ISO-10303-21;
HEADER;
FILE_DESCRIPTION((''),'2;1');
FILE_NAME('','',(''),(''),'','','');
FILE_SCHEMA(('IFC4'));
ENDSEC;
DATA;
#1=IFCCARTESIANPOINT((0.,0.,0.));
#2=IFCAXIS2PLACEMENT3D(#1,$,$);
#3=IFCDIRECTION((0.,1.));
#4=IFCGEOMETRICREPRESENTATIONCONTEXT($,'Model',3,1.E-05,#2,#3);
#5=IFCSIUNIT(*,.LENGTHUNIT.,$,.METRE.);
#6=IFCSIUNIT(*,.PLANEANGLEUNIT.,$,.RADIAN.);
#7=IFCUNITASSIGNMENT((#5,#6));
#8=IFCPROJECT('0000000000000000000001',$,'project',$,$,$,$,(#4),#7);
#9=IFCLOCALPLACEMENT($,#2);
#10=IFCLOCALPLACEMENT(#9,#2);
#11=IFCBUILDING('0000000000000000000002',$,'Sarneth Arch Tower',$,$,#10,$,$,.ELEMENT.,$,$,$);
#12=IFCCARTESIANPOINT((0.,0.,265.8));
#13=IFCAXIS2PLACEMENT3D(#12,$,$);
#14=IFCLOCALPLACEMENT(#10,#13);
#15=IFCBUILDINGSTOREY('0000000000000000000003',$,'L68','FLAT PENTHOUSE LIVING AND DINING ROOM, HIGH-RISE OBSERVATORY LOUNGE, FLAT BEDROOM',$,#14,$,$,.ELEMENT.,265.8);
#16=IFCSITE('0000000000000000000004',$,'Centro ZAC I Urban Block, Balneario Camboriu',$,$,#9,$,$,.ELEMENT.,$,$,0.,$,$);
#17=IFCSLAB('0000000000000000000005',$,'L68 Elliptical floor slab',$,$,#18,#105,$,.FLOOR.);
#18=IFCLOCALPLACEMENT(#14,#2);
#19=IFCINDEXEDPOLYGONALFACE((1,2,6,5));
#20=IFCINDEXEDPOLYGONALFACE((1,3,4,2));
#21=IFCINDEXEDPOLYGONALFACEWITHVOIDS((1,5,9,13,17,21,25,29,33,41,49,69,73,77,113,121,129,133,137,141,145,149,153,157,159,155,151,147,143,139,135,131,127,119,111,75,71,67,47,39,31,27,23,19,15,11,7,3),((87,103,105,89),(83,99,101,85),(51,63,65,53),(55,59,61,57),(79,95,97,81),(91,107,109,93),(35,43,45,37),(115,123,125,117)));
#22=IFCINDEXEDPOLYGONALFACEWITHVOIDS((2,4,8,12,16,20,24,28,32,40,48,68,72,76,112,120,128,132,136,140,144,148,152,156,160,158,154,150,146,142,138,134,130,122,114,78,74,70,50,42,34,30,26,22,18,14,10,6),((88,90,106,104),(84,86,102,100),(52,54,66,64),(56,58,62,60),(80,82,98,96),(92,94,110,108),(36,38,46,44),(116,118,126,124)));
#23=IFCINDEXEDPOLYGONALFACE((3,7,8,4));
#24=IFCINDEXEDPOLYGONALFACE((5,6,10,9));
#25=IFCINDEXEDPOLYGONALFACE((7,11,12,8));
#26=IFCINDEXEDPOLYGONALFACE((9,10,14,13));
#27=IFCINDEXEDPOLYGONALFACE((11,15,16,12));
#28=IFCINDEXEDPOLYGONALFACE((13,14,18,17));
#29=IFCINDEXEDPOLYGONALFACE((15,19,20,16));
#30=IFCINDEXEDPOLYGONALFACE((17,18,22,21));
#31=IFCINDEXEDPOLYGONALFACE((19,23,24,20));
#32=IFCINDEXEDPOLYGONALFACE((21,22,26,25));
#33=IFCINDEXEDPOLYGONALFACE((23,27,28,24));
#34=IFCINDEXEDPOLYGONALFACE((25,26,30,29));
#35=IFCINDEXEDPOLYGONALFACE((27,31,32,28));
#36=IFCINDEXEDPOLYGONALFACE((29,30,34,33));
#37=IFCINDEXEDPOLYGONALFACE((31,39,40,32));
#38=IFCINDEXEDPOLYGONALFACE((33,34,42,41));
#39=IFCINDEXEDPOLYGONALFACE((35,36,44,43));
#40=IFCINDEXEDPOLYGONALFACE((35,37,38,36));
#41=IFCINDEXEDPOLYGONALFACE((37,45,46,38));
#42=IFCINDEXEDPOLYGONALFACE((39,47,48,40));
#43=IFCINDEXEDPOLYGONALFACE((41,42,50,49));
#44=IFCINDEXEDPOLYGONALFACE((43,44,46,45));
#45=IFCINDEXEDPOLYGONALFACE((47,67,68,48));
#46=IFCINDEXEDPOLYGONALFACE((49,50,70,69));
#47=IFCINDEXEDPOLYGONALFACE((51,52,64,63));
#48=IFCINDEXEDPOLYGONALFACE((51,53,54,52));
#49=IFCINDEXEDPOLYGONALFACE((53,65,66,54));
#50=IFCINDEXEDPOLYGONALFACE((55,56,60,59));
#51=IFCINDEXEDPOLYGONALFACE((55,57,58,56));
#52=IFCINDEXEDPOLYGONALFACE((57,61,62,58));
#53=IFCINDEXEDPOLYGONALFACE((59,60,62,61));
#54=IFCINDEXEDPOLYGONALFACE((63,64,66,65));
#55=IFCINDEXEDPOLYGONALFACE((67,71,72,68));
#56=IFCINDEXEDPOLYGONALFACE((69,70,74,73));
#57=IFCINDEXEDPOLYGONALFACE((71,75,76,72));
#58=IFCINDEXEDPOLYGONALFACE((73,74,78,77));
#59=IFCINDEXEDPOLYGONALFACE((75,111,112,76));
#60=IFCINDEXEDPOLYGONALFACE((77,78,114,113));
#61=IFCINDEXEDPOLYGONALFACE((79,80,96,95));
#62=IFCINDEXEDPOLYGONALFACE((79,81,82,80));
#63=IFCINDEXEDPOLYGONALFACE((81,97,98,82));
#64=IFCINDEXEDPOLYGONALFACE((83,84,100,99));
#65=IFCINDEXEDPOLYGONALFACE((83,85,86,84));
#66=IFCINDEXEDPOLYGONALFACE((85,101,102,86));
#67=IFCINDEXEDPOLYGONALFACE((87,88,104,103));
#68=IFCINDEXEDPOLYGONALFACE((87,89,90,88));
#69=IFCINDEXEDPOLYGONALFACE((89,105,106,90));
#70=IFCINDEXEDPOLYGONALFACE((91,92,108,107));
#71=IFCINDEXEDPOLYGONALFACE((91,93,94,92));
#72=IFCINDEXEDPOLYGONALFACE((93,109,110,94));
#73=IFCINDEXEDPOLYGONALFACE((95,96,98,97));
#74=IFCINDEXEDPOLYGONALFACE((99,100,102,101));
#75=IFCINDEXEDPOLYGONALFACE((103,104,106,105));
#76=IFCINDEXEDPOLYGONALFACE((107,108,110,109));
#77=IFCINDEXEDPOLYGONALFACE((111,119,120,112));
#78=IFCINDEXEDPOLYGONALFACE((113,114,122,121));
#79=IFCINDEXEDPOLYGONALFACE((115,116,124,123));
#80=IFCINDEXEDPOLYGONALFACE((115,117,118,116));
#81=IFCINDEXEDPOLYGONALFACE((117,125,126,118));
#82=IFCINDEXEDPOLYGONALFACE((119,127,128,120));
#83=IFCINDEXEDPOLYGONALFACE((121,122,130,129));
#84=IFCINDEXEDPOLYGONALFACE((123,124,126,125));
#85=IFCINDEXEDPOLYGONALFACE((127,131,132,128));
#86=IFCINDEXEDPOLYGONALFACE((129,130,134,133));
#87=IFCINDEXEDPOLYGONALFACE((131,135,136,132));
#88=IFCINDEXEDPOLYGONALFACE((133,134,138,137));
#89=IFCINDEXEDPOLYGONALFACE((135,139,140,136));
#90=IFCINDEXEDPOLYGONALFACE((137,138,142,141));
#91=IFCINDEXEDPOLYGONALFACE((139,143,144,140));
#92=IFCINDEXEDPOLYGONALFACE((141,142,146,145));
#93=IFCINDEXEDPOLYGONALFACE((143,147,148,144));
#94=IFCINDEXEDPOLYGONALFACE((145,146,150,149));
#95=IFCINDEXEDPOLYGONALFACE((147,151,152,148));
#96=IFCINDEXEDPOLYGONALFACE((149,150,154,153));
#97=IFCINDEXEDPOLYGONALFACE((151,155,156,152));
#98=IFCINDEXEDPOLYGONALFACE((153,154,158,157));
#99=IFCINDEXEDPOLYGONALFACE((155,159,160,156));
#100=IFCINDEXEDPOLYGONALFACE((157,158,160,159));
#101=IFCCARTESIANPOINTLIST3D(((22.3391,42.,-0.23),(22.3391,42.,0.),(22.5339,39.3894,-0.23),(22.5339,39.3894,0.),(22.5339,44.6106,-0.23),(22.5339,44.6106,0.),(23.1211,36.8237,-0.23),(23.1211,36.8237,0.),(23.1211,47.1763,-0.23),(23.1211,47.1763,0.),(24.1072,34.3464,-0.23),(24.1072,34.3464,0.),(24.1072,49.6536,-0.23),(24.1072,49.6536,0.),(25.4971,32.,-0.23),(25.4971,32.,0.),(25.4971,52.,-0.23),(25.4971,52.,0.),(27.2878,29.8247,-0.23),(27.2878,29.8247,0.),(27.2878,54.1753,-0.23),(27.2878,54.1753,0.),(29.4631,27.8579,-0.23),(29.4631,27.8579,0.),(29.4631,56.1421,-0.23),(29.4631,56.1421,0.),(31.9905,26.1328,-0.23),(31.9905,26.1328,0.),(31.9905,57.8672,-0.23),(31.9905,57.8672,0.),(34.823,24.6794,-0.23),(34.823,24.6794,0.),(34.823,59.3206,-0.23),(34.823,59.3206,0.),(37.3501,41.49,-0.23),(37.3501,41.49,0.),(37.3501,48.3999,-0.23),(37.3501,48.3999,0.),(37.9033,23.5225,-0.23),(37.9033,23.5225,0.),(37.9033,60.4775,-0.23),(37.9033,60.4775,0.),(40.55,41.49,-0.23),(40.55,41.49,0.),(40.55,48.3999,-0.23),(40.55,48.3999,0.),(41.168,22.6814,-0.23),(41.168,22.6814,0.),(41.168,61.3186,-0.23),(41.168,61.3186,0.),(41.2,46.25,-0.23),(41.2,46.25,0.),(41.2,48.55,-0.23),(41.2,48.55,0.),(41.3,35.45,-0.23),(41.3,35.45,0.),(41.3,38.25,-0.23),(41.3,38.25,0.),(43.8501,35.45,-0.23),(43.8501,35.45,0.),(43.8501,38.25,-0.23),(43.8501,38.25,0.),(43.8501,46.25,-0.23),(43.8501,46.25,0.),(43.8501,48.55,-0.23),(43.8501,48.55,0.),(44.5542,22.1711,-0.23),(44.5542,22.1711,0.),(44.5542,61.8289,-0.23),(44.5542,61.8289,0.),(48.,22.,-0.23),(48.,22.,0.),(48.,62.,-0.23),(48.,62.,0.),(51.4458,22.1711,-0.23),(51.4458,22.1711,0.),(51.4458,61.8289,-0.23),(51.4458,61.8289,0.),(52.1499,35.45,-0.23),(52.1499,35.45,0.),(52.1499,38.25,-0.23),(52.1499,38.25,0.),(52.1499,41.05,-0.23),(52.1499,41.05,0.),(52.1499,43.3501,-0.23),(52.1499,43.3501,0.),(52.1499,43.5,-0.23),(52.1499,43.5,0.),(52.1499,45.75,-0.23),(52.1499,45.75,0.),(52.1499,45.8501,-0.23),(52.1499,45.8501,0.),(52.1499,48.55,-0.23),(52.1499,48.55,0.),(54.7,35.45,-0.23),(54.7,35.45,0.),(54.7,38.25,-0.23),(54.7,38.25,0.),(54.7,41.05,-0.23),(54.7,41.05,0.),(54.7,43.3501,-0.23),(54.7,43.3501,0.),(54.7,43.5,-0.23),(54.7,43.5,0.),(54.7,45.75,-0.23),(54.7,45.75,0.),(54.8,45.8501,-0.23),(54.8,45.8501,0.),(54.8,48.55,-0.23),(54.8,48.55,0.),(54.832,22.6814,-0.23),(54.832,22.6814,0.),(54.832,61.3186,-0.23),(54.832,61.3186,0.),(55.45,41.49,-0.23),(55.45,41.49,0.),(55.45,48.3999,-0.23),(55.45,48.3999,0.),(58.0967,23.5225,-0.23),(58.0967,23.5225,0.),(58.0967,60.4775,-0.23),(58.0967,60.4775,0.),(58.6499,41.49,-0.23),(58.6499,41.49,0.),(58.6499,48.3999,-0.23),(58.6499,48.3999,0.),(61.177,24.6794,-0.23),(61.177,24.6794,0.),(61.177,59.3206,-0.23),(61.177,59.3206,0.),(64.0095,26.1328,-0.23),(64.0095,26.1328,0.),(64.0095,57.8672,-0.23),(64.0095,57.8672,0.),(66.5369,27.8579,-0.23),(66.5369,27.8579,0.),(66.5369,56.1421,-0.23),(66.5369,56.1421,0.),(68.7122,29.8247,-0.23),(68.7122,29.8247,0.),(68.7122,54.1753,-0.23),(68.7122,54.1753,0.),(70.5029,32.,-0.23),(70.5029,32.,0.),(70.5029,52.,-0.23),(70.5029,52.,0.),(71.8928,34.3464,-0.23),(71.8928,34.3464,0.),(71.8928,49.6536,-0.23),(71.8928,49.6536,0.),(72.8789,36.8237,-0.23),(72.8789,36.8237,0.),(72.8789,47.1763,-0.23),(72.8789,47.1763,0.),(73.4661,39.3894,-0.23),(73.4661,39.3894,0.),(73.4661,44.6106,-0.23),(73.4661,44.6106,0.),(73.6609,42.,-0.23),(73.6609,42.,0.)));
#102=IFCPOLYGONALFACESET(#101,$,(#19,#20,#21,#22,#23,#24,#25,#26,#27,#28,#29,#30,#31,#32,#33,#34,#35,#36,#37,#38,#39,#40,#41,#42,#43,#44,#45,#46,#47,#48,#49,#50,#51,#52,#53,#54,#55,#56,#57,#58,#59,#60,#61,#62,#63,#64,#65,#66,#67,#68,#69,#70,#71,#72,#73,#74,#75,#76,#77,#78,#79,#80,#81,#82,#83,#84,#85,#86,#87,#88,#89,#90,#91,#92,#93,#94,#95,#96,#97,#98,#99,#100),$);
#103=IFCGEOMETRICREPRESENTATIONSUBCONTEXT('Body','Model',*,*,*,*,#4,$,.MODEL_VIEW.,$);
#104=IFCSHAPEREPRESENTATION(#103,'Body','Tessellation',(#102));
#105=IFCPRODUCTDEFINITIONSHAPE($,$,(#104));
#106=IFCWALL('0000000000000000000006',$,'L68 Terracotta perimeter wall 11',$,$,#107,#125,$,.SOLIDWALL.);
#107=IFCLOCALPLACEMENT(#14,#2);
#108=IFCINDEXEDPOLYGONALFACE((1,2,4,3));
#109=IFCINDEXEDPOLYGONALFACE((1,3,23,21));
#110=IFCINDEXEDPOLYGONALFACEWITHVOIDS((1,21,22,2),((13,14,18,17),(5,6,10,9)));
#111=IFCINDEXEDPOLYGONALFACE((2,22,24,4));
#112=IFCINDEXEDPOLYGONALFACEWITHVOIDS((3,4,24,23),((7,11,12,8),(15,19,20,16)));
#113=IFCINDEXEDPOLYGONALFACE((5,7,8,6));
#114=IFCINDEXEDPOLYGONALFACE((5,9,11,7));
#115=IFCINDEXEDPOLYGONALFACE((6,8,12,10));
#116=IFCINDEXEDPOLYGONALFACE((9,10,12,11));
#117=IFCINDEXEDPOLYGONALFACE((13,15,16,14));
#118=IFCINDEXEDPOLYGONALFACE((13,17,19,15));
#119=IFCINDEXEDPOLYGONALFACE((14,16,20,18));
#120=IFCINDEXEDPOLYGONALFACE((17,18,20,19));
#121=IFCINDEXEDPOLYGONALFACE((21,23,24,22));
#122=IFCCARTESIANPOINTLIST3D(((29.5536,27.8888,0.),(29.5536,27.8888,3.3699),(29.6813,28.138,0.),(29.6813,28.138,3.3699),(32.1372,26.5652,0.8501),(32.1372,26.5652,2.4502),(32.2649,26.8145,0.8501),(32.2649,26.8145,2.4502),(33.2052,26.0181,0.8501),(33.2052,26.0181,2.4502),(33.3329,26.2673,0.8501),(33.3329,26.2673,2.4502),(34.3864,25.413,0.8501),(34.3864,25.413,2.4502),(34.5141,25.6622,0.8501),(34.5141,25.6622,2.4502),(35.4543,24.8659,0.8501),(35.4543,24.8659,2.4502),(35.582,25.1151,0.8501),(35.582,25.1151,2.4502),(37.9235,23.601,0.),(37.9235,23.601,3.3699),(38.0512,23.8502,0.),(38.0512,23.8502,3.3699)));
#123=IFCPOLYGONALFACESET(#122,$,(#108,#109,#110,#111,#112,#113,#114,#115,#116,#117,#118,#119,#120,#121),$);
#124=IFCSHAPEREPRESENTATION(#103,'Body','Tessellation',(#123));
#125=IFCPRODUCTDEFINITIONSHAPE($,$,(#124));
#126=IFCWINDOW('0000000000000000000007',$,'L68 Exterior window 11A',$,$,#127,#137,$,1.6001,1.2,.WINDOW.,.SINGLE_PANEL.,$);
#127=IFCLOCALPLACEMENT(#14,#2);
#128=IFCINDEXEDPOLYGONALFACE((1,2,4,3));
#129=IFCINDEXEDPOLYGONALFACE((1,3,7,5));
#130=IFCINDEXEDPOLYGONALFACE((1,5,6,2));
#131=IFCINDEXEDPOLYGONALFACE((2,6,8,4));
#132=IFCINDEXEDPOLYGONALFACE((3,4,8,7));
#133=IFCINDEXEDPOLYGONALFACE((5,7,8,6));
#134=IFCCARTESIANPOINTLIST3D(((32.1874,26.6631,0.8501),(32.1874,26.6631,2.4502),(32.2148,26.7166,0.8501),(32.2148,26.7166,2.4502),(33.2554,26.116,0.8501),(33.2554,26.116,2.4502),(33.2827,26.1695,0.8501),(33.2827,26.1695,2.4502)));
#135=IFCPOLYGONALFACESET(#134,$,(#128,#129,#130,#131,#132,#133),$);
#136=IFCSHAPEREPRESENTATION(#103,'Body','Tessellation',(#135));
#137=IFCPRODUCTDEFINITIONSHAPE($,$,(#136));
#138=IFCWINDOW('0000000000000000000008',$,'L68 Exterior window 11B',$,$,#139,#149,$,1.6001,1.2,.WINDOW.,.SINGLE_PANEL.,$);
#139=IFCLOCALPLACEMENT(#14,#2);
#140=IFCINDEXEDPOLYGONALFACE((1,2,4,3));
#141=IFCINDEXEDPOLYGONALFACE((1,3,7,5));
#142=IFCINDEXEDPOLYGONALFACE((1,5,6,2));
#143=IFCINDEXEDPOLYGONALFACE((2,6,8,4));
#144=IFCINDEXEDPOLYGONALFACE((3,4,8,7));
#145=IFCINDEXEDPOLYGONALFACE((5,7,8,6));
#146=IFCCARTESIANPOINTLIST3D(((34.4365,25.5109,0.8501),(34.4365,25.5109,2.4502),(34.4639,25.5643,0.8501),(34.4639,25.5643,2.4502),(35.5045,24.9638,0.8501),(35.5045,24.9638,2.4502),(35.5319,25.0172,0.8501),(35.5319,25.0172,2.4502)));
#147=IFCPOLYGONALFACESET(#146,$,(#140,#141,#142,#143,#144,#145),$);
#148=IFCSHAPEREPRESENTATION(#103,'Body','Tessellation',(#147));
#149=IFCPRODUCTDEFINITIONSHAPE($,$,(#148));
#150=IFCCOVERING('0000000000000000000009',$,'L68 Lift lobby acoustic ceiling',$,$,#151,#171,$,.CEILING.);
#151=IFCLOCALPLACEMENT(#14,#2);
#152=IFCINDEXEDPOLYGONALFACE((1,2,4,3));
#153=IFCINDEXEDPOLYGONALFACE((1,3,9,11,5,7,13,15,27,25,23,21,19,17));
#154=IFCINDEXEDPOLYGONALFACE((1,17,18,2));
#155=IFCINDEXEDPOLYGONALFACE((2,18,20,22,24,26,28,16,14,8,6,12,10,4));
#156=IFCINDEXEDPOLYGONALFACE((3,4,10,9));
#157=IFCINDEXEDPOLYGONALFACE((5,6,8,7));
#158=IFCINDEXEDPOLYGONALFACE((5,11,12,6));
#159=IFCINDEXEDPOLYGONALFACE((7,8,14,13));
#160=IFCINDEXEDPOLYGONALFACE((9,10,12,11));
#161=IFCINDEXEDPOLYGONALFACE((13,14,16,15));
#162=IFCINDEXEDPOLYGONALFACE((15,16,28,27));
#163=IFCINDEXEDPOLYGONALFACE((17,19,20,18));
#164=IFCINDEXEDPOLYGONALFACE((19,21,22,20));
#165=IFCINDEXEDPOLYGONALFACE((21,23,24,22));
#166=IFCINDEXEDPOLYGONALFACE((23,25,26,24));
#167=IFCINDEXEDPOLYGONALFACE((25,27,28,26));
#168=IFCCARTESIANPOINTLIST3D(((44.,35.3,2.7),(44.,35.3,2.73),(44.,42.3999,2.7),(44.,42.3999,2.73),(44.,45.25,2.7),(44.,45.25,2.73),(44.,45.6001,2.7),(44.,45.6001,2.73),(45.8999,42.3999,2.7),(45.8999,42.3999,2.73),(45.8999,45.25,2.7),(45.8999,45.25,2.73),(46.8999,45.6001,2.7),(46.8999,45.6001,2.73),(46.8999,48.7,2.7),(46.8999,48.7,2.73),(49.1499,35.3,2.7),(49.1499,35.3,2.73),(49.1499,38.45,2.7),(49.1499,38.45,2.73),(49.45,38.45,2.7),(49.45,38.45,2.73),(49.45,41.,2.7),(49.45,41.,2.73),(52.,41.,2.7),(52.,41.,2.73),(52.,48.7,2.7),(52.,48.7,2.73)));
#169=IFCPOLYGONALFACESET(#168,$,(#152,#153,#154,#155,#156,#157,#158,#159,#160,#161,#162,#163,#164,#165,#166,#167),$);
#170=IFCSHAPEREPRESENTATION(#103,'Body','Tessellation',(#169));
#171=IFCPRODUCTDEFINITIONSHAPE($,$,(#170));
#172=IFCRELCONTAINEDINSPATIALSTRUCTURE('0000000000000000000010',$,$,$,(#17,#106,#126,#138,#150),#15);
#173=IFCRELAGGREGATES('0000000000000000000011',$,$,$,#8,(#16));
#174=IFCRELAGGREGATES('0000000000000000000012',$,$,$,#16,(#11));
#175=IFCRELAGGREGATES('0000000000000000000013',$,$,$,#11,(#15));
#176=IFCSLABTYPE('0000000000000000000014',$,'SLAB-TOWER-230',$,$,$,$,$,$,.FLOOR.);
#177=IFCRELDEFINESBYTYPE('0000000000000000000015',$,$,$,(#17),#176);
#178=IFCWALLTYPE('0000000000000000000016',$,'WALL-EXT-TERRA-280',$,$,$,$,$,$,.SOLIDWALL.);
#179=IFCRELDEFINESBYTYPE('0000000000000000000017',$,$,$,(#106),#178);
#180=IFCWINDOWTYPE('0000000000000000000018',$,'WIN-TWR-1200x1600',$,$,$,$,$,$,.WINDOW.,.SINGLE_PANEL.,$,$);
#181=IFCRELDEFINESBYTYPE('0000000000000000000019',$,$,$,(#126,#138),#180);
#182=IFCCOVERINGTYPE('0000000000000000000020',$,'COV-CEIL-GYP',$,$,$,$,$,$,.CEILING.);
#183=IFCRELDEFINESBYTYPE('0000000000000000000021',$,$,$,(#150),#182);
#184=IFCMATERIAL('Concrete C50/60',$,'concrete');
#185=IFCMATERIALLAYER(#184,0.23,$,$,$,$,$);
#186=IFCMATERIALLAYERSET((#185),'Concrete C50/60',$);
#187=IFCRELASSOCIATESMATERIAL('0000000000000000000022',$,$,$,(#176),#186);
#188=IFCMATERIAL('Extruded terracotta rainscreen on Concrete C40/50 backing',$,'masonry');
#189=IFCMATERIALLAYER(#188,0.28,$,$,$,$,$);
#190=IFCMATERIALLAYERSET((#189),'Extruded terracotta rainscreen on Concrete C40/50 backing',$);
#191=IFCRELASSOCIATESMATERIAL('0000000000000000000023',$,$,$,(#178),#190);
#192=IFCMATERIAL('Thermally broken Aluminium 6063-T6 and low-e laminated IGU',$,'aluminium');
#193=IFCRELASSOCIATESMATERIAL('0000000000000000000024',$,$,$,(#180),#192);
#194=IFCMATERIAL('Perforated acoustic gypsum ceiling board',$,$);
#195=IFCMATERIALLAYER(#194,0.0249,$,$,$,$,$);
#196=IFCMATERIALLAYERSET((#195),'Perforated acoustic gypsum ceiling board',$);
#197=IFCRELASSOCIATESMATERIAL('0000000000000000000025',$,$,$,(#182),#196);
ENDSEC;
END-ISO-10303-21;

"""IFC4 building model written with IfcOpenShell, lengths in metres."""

from ifc_helpers import new_model, si_unit, direction, frame, frame_2d, origin, place, context, subcontext, project, spatial, polyline, rectangle, outline, extrude, material, layer, layer_set, type_object, element, fill, save


model = new_model("IFC4")

# Units and contexts
model_context = context("Model", 3, precision=1e-05, world=origin(), true_north=direction((0.0, 1.0)))
body_context = subcontext(model_context, "Body", "Model", "MODEL_VIEW")
ifc_project = project(units=[si_unit("LENGTHUNIT", "METRE"), si_unit("PLANEANGLEUNIT", "RADIAN")], contexts=[model_context])

# Site, building, storey
site_placement = place(None, origin())
site = spatial("IfcSite", under=ifc_project, at=site_placement, Name="Centro ZAC I Urban Block, Balneario Camboriu", CompositionType="ELEMENT", RefElevation=0.0)
building_placement = place(site_placement, origin())
building = spatial("IfcBuilding", under=site, at=building_placement, Name="Sarneth Arch Tower", CompositionType="ELEMENT")
storey_placement = place(building_placement, frame((0.0, 0.0, 265.8)))
storey = spatial("IfcBuildingStorey", under=building, at=storey_placement, Name="L68", Description="FLAT PENTHOUSE LIVING AND DINING ROOM, HIGH-RISE OBSERVATORY LOUNGE, FLAT BEDROOM", CompositionType="ELEMENT", Elevation=265.8)

# Slab
ifc_material_1 = material(Name="Concrete C50/60", Category="concrete")
ifc_layer_1 = layer(ifc_material_1, 0.23)
ifc_layer_set_1 = layer_set([ifc_layer_1], Name="Concrete C50/60")
slab_type_1 = type_object("IfcSlabType", Name="SLAB-TOWER-230", PredefinedType="FLOOR", material=ifc_layer_set_1)
slab_1_placement = place(storey_placement, frame((0.0, 0.0, -0.23)))
element("IfcSlab", 1, at=slab_1_placement, inside=storey, type_object=slab_type_1, Name="L68 Elliptical floor slab", PredefinedType="FLOOR", context=body_context, shape_type="SweptSolid", body=[
    extrude(outline(polyline([(73.6609, 42.0), (73.4661, 44.6106), (72.8789, 47.1763), (71.8928, 49.6536), (70.5029, 52.0), (68.7122, 54.1753), (66.5369, 56.1421), (64.0095, 57.8672), (61.177, 59.3206), (58.0967, 60.4775), (54.832, 61.3186), (51.4458, 61.8289), (48.0, 62.0), (44.5542, 61.8289), (41.168, 61.3186), (37.9033, 60.4775), (34.823, 59.3206), (31.9905, 57.8672), (29.4631, 56.1421), (27.2878, 54.1753), (25.4971, 52.0), (24.1072, 49.6536), (23.1211, 47.1763), (22.5339, 44.6106), (22.3391, 42.0), (22.5339, 39.3894), (23.1211, 36.8237), (24.1072, 34.3464), (25.4971, 32.0), (27.2878, 29.8247), (29.4631, 27.8579), (31.9905, 26.1328), (34.823, 24.6794), (37.9033, 23.5225), (41.168, 22.6814), (44.5542, 22.1711), (48.0, 22.0), (51.4458, 22.1711), (54.832, 22.6814), (58.0967, 23.5225), (61.177, 24.6794), (64.0095, 26.1328), (66.5369, 27.8579), (68.7122, 29.8247), (70.5029, 32.0), (71.8928, 34.3464), (72.8789, 36.8237), (73.4661, 39.3894), (73.6609, 42.0)]), holes=[polyline([(37.3501, 41.49), (40.55, 41.49), (40.55, 48.3999), (37.3501, 48.3999), (37.3501, 41.49)]), polyline([(55.45, 41.49), (58.6499, 41.49), (58.6499, 48.3999), (55.45, 48.3999), (55.45, 41.49)]), polyline([(41.2, 46.25), (43.8501, 46.25), (43.8501, 48.55), (41.2, 48.55), (41.2, 46.25)]), polyline([(41.3, 35.45), (43.8501, 35.45), (43.8501, 38.25), (41.3, 38.25), (41.3, 35.45)]), polyline([(52.1499, 35.45), (54.7, 35.45), (54.7, 38.25), (52.1499, 38.25), (52.1499, 35.45)]), polyline([(52.1499, 45.8501), (54.8, 45.8501), (54.8, 48.55), (52.1499, 48.55), (52.1499, 45.8501)]), polyline([(52.1499, 41.05), (54.7, 41.05), (54.7, 43.3501), (52.1499, 43.3501), (52.1499, 41.05)]), polyline([(52.1499, 43.5), (54.7, 43.5), (54.7, 45.75), (52.1499, 45.75), (52.1499, 43.5)])]), origin(), (0.0, 0.0, 1.0), 0.23),
])

# Wall, openings, windows
ifc_material_2 = material(Name="Extruded terracotta rainscreen on Concrete C40/50 backing", Category="masonry")
ifc_layer_2 = layer(ifc_material_2, 0.28)
ifc_layer_set_2 = layer_set([ifc_layer_2], Name="Extruded terracotta rainscreen on Concrete C40/50 backing")
wall_type = type_object("IfcWallType", Name="WALL-EXT-TERRA-280", PredefinedType="SOLIDWALL", material=ifc_layer_set_2)
wall_placement = place(storey_placement, frame((29.6174, 28.0134, 0.0), z_axis=(0.0, 0.0, 1.0), x_axis=(0.890007, -0.455946, 0.0)))
wall = element("IfcWall", 2, at=wall_placement, inside=storey, type_object=wall_type, Name="L68 Terracotta perimeter wall 11", PredefinedType="SOLIDWALL", context=body_context, shape_type="SweptSolid", body=[
    extrude(rectangle(XDim=9.4043, YDim=0.28, at=frame_2d((4.7021, 0.0))), origin(), (0.0, 0.0, 1.0), 3.3699),
])
opening_1_placement = place(wall_placement, frame((2.9028, 0.0, 0.8501)))
opening_1 = element("IfcOpeningElement", 3, at=opening_1_placement, cuts=wall, PredefinedType="OPENING", context=body_context, shape_type="SweptSolid", body=[
    extrude(rectangle(XDim=1.2, YDim=1.6001, at=frame_2d((0.6001, 0.8))), frame((0.0, 0.1499, 0.0), z_axis=(0.0, -1.0, 0.0), x_axis=(1.0, 0.0, 0.0)), (0.0, 0.0, 1.0), 0.3),
])
opening_2_placement = place(wall_placement, frame((5.4299, 0.0, 0.8501)))
opening_2 = element("IfcOpeningElement", 4, at=opening_2_placement, cuts=wall, PredefinedType="OPENING", context=body_context, shape_type="SweptSolid", body=[
    extrude(rectangle(XDim=1.2, YDim=1.6001, at=frame_2d((0.6001, 0.8))), frame((0.0, 0.1499, 0.0), z_axis=(0.0, -1.0, 0.0), x_axis=(1.0, 0.0, 0.0)), (0.0, 0.0, 1.0), 0.3),
])
ifc_material_3 = material(Name="Thermally broken Aluminium 6063-T6 and low-e laminated IGU", Category="aluminium")
window_type = type_object("IfcWindowType", Name="WIN-TWR-1200x1600", PartitioningType="SINGLE_PANEL", PredefinedType="WINDOW", material=ifc_material_3)
window_1_placement = place(opening_1_placement, origin())
window_1 = element("IfcWindow", 5, at=window_1_placement, inside=storey, type_object=window_type, Name="L68 Exterior window 11A", OverallHeight=1.6001, OverallWidth=1.2, PartitioningType="SINGLE_PANEL", PredefinedType="WINDOW", context=body_context, shape_type="SweptSolid", body=[
    extrude(rectangle(XDim=1.2, YDim=1.6001, at=frame_2d((0.6001, 0.8))), frame((0.0, 0.03, 0.0), z_axis=(0.0, -1.0, 0.0), x_axis=(1.0, 0.0, 0.0)), (0.0, 0.0, 1.0), 0.0601),
])
fill(opening_1, window_1)
window_2_placement = place(opening_2_placement, origin())
window_2 = element("IfcWindow", 6, at=window_2_placement, inside=storey, type_object=window_type, Name="L68 Exterior window 11B", OverallHeight=1.6001, OverallWidth=1.2, PartitioningType="SINGLE_PANEL", PredefinedType="WINDOW", context=body_context, shape_type="SweptSolid", body=[
    extrude(rectangle(XDim=1.2, YDim=1.6001, at=frame_2d((0.6001, 0.8))), frame((0.0, 0.03, 0.0), z_axis=(0.0, -1.0, 0.0), x_axis=(1.0, 0.0, 0.0)), (0.0, 0.0, 1.0), 0.0601),
])
fill(opening_2, window_2)

# Covering
ifc_material_4 = material(Name="Perforated acoustic gypsum ceiling board")
ifc_layer_3 = layer(ifc_material_4, 0.0249)
ifc_layer_set_3 = layer_set([ifc_layer_3], Name="Perforated acoustic gypsum ceiling board")
covering_type_1 = type_object("IfcCoveringType", Name="COV-CEIL-GYP", PredefinedType="CEILING", material=ifc_layer_set_3)
covering_1_placement = place(storey_placement, frame((0.0, 0.0, 2.7)))
element("IfcCovering", 7, at=covering_1_placement, inside=storey, type_object=covering_type_1, Name="L68 Lift lobby acoustic ceiling", PredefinedType="CEILING", context=body_context, shape_type="SweptSolid", body=[
    extrude(outline(polyline([(49.45, 41.0), (49.45, 38.45), (49.1499, 38.45), (49.1499, 35.3), (44.0, 35.3), (44.0, 42.3999), (45.8999, 42.3999), (45.8999, 45.25), (44.0, 45.25), (44.0, 45.6001), (46.8999, 45.6001), (46.8999, 48.7), (52.0, 48.7), (52.0, 41.0), (49.45, 41.0)])), origin(), (0.0, 0.0, 1.0), 0.03),
])

save(model, "model.ifc")
